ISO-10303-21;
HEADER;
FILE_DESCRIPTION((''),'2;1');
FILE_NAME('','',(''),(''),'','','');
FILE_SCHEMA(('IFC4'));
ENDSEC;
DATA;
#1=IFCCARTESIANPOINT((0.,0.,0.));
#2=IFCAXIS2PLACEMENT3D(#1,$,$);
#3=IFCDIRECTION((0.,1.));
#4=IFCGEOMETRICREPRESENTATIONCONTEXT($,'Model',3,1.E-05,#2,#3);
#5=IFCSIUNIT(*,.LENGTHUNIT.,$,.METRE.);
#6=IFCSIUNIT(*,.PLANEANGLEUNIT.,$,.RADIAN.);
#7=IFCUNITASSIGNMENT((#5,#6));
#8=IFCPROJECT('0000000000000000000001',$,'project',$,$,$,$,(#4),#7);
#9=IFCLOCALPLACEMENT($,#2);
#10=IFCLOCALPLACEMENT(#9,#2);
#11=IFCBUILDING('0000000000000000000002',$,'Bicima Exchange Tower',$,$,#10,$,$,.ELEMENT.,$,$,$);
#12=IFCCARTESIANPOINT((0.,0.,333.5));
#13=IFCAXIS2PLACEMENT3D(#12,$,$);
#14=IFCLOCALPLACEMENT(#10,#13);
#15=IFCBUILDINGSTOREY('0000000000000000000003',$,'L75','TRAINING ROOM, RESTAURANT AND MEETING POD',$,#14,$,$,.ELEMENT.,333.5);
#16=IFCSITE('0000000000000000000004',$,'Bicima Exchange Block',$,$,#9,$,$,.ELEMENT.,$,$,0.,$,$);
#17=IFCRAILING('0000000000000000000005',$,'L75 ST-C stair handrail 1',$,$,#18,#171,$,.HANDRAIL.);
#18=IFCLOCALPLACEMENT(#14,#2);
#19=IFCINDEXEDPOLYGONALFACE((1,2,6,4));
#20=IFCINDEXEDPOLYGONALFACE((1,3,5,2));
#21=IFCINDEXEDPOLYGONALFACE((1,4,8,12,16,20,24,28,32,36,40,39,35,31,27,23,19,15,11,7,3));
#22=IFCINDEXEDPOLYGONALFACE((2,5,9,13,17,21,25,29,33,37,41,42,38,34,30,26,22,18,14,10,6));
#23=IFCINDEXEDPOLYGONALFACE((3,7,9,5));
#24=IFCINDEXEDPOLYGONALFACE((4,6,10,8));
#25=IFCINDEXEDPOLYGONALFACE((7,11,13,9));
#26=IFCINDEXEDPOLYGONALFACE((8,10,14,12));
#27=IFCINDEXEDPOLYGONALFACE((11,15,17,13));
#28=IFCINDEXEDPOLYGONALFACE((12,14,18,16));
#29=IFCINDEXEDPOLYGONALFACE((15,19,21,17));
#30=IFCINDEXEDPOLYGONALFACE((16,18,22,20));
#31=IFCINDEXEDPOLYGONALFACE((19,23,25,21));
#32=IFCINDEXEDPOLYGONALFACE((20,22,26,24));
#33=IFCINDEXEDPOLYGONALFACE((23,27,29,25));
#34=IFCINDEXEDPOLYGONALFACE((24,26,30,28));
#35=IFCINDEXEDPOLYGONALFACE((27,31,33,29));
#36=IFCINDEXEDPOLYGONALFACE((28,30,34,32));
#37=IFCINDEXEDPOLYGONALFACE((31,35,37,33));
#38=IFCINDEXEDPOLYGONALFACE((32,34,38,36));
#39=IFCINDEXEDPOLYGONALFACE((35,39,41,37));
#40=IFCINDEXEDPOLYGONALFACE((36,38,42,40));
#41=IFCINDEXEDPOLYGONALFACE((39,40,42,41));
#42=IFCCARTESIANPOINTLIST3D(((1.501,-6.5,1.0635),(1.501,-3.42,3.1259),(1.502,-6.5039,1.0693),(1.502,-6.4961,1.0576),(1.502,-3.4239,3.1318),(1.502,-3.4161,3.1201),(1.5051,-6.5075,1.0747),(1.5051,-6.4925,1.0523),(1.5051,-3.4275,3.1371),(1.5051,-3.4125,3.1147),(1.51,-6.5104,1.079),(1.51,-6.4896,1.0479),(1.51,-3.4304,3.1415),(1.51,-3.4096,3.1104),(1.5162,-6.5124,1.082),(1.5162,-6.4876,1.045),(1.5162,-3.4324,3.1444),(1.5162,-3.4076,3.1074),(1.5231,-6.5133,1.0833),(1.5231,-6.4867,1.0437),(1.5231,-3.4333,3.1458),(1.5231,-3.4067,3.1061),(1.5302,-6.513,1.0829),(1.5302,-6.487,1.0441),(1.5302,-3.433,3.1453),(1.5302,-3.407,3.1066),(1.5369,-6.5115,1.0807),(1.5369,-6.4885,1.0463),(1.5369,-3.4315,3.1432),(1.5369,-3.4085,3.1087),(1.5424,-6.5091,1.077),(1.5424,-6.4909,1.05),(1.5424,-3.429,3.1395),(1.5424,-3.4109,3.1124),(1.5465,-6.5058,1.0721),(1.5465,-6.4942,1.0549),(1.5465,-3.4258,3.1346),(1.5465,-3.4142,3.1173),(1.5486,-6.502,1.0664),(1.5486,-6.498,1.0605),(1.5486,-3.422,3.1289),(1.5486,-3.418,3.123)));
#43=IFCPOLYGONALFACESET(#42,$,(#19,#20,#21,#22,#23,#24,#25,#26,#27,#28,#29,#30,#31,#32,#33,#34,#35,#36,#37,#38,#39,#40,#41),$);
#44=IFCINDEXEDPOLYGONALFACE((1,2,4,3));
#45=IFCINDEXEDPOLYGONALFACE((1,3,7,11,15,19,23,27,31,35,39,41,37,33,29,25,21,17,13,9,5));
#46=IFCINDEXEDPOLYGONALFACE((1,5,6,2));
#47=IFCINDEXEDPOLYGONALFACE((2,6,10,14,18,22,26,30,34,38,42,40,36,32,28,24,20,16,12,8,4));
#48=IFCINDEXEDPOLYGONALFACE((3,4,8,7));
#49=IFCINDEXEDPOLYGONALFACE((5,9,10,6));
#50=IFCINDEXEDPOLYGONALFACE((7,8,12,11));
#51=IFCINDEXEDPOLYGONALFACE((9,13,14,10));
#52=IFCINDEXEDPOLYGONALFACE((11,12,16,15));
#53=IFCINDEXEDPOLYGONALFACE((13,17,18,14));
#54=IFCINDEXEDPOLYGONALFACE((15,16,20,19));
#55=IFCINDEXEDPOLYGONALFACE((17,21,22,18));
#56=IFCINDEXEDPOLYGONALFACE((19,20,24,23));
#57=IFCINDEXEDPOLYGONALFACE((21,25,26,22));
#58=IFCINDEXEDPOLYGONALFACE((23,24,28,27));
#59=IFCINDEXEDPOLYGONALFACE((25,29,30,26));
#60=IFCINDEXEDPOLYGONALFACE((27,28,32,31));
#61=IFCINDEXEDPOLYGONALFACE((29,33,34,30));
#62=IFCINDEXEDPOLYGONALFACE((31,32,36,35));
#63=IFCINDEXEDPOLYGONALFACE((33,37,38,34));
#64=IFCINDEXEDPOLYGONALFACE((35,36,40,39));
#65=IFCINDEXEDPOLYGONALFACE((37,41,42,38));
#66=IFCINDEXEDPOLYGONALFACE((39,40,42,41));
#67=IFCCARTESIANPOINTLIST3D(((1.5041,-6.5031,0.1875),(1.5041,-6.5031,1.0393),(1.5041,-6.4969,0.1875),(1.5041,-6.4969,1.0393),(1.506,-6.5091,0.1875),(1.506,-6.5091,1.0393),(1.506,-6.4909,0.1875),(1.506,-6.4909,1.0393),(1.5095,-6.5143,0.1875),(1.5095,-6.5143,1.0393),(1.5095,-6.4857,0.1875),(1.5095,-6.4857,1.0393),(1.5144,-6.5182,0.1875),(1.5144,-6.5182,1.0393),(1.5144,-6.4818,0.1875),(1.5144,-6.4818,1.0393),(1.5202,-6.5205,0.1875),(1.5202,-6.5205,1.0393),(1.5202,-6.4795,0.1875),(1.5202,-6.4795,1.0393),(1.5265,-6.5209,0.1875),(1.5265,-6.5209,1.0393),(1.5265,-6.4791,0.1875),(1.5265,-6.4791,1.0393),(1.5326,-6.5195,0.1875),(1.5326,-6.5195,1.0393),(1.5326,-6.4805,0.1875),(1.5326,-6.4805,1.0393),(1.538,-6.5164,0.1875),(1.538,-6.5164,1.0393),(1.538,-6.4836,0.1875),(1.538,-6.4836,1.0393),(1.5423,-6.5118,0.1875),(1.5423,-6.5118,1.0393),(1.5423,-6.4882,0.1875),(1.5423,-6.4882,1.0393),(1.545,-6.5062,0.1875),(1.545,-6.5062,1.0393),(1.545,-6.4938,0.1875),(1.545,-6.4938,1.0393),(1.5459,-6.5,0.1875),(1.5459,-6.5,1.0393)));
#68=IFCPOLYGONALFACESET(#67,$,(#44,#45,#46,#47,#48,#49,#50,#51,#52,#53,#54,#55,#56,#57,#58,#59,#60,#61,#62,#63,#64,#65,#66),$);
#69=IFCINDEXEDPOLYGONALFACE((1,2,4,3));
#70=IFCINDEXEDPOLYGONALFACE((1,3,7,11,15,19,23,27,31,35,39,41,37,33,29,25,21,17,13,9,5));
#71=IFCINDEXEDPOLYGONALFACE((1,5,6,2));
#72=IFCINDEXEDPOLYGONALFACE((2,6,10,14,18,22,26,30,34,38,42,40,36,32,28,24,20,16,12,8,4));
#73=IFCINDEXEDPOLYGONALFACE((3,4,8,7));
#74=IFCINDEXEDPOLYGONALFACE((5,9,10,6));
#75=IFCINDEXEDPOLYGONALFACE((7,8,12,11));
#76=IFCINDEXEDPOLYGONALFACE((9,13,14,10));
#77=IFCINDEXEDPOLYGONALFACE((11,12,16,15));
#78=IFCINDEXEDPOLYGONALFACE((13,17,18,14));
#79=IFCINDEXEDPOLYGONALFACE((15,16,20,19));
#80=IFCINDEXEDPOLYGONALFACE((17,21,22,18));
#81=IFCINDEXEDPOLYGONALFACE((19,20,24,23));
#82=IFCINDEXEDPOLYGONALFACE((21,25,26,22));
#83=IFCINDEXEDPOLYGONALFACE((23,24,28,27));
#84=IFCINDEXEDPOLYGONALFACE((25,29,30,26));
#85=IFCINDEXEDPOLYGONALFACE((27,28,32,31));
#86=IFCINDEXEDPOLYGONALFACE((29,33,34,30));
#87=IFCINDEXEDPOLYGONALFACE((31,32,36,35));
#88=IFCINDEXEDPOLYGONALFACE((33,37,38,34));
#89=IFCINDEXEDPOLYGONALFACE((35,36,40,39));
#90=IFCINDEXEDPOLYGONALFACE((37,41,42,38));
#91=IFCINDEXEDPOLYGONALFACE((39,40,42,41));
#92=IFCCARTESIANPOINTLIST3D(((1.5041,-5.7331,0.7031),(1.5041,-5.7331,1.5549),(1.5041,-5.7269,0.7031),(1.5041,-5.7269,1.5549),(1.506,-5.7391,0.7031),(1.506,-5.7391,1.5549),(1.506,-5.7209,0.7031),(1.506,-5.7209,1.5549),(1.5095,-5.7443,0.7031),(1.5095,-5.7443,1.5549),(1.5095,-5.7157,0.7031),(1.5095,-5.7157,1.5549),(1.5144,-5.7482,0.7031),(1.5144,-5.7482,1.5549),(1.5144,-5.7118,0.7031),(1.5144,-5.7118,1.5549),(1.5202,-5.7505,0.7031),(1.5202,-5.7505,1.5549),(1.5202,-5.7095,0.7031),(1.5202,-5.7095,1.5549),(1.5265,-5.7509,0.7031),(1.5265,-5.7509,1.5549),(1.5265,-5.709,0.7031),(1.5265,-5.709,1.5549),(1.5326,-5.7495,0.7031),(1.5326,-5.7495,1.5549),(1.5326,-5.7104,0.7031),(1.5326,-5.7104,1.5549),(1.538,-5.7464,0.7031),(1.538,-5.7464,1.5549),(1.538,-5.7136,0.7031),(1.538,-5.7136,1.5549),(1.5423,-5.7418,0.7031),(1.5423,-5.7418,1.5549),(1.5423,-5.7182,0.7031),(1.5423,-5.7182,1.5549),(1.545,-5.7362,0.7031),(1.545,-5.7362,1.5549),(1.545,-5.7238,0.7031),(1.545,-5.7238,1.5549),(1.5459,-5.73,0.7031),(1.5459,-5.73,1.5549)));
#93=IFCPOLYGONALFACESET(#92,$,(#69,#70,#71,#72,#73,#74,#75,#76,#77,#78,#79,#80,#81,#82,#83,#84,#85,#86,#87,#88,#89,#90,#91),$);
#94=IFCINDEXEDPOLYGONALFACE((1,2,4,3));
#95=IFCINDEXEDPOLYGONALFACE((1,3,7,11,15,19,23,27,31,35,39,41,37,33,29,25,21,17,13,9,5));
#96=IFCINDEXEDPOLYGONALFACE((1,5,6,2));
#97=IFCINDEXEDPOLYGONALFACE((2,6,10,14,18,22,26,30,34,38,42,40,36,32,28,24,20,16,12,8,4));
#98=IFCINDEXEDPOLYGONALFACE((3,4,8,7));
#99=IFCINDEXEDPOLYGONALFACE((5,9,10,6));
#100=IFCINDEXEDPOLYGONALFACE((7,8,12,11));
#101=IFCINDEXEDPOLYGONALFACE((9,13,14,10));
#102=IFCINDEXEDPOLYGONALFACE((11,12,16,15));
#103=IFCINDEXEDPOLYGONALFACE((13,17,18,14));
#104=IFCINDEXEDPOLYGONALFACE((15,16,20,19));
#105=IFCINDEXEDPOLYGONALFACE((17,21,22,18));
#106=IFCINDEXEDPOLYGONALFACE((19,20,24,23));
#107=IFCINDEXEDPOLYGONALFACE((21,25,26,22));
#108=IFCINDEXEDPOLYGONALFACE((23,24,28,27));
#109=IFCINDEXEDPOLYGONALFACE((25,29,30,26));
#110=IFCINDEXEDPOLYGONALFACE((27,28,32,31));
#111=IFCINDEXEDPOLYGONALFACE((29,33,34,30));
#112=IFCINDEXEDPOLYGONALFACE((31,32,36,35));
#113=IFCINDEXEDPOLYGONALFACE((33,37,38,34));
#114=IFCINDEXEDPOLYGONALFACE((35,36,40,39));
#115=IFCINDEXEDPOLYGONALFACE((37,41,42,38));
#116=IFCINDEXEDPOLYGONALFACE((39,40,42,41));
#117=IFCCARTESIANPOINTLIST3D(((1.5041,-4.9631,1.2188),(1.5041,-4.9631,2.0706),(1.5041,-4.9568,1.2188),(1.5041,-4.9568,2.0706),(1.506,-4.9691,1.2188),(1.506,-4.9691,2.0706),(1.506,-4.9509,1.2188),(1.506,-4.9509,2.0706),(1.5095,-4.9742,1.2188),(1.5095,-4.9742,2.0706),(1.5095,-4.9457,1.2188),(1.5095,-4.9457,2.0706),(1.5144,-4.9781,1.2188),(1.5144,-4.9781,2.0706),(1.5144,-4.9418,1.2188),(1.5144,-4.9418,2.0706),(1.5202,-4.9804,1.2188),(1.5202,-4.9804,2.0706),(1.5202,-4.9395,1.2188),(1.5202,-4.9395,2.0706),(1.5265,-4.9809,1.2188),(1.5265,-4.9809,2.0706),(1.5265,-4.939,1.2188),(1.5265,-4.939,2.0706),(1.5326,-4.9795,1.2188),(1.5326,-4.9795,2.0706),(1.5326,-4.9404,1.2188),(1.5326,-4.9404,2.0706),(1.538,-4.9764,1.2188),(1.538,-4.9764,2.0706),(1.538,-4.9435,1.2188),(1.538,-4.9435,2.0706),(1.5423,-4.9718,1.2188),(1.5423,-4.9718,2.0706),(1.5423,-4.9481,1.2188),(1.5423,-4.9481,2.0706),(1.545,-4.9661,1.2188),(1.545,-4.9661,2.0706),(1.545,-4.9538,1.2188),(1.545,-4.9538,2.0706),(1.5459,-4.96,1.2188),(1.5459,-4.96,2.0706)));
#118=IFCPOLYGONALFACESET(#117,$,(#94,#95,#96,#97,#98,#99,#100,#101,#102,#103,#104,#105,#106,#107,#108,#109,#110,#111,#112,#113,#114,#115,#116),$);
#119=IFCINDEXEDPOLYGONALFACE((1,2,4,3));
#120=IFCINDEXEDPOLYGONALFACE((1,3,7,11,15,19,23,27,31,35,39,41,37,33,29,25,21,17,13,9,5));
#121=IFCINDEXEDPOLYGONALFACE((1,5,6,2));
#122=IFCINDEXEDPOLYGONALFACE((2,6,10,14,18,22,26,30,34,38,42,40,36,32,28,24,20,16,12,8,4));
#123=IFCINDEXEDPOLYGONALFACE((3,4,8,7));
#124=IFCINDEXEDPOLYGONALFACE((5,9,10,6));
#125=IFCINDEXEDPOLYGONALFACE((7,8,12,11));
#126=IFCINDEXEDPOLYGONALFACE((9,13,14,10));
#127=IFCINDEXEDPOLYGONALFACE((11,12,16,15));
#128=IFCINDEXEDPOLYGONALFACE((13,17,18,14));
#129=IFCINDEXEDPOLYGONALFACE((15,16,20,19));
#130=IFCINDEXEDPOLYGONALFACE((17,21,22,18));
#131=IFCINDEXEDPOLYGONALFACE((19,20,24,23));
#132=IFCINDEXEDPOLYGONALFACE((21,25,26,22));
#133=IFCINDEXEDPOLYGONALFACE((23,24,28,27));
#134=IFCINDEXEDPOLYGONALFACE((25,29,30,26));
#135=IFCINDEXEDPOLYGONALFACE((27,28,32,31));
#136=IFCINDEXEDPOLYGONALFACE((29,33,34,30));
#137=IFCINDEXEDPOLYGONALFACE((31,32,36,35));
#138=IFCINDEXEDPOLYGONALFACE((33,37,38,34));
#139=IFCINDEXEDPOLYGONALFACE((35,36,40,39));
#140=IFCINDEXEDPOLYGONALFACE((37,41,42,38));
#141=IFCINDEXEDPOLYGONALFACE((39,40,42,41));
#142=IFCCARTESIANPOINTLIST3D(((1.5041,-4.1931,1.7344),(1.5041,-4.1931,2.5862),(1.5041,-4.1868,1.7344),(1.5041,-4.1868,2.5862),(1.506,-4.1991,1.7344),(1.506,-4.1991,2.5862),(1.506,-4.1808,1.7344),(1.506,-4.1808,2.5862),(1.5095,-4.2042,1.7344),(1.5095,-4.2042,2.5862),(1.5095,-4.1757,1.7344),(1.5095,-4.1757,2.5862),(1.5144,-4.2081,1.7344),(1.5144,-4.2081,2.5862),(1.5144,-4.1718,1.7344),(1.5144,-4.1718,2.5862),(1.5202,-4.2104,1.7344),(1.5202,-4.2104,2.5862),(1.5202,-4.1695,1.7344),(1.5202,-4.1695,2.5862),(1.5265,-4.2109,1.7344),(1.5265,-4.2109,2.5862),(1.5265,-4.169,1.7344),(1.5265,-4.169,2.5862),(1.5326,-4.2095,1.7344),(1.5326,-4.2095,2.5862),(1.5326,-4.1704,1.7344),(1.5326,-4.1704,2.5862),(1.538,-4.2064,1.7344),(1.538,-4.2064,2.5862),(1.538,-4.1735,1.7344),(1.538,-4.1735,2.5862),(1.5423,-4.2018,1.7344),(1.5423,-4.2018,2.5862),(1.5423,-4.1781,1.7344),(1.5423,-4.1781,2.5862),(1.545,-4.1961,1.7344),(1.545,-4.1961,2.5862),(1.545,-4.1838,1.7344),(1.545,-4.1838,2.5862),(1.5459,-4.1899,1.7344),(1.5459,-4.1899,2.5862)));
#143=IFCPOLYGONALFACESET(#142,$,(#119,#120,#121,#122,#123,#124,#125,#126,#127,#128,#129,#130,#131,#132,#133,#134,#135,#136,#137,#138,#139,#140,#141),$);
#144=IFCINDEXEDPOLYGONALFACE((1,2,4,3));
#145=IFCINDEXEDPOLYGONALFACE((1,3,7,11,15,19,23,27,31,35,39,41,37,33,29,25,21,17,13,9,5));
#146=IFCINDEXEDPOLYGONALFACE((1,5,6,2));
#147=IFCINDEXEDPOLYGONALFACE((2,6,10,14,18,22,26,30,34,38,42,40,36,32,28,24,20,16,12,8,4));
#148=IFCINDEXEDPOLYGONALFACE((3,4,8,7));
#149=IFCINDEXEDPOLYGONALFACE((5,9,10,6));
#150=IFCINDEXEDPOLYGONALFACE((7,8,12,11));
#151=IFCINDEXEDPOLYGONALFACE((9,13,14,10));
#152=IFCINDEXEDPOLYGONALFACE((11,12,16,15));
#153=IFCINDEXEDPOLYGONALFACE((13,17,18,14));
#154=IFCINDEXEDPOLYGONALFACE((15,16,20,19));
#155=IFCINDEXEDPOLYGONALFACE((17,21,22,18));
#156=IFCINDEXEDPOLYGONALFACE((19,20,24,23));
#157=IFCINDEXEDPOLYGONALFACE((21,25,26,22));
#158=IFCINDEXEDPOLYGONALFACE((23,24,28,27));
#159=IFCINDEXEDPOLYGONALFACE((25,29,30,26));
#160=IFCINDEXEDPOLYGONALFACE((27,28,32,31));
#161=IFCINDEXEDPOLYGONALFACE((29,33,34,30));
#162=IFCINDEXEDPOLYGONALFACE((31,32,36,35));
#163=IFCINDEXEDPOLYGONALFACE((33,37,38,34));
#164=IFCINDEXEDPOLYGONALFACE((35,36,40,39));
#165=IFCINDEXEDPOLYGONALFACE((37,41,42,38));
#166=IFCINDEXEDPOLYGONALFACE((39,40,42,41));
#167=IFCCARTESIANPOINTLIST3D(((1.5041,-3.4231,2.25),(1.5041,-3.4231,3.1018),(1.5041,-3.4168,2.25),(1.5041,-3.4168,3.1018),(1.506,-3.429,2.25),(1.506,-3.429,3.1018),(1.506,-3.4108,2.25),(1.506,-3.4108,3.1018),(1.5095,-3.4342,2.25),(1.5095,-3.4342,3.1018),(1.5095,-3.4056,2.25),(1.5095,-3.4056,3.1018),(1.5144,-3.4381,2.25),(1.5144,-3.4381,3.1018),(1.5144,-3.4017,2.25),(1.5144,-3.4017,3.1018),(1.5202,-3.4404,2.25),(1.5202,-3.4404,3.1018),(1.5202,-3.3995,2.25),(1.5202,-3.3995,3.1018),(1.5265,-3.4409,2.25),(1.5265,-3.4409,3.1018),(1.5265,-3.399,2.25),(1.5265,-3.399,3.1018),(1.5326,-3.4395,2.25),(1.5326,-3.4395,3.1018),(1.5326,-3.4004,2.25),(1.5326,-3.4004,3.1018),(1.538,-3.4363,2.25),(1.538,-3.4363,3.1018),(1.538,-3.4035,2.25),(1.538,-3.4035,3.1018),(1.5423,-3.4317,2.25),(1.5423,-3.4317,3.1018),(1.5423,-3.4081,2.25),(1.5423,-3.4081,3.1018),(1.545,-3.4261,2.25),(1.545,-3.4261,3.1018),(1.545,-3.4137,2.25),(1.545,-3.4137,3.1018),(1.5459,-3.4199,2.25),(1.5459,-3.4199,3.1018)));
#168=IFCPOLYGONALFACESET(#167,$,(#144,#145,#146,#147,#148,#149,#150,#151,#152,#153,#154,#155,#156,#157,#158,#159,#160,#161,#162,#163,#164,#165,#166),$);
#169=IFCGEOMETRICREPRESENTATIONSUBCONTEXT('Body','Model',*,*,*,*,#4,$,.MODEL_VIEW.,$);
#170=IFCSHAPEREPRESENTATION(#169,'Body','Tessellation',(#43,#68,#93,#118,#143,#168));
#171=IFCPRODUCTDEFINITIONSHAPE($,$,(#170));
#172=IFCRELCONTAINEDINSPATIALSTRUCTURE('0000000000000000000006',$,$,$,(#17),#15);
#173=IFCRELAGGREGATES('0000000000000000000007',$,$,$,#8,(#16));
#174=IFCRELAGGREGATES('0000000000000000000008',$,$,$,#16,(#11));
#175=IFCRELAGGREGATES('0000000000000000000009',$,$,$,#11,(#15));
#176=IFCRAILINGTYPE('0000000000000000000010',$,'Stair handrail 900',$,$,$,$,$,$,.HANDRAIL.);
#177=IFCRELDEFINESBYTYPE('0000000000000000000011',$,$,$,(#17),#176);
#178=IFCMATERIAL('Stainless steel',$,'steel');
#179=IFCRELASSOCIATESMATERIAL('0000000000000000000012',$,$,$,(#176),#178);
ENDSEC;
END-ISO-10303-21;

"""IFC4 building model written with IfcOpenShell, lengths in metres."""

from ifc_helpers import new_model, si_unit, direction, frame, origin, origin_2d, place, context, subcontext, project, spatial, circle, extrude, material, type_object, element, save


model = new_model("IFC4")

# Units and contexts
model_context = context("Model", 3, precision=1e-05, world=origin(), true_north=direction((0.0, 1.0)))
body_context = subcontext(model_context, "Body", "Model", "MODEL_VIEW")
ifc_project = project(units=[si_unit("LENGTHUNIT", "METRE"), si_unit("PLANEANGLEUNIT", "RADIAN")], contexts=[model_context])

# Site, building, storey
site_placement = place(None, origin())
site = spatial("IfcSite", under=ifc_project, at=site_placement, Name="Bicima Exchange Block", CompositionType="ELEMENT", RefElevation=0.0)
building_placement = place(site_placement, origin())
building = spatial("IfcBuilding", under=site, at=building_placement, Name="Bicima Exchange Tower", CompositionType="ELEMENT")
storey_placement = place(building_placement, frame((0.0, 0.0, 333.5)))
storey = spatial("IfcBuildingStorey", under=building, at=storey_placement, Name="L75", Description="TRAINING ROOM, RESTAURANT AND MEETING POD", CompositionType="ELEMENT", Elevation=333.5)

# Shared definitions
ifc_material_1 = material(Name="Stainless steel", Category="steel")

# Railing
railing_type_1 = type_object("IfcRailingType", Name="Stair handrail 900", PredefinedType="HANDRAIL", material=ifc_material_1)
railing_1_placement = place(storey_placement, frame((1.5249, -6.5, 0.1875)))
element("IfcRailing", 1, at=railing_1_placement, inside=storey, type_object=railing_type_1, Name="L75 ST-C stair handrail 1", PredefinedType="HANDRAIL", context=body_context, shape_type="SweptSolid", body=[
    extrude(circle(Radius=0.0239, at=origin_2d()), frame((0.0, 0.0, 0.876), z_axis=(0.0, 0.830914, 0.556401), x_axis=(-1.0, 0.0, 0.0)), (0.0, 0.0, 1.0), 3.7068),
    extrude(circle(Radius=0.021, at=origin_2d()), origin(), (0.0, 0.0, 1.0), 0.8518),
    extrude(circle(Radius=0.021, at=origin_2d()), frame((0.0, 0.77, 0.5156)), (0.0, 0.0, 1.0), 0.8518),
    extrude(circle(Radius=0.021, at=origin_2d()), frame((0.0, 1.54, 1.0312)), (0.0, 0.0, 1.0), 0.8518),
    extrude(circle(Radius=0.021, at=origin_2d()), frame((0.0, 2.3101, 1.5469)), (0.0, 0.0, 1.0), 0.8518),
    extrude(circle(Radius=0.021, at=origin_2d()), frame((0.0, 3.0801, 2.0625)), (0.0, 0.0, 1.0), 0.8518),
])

save(model, "model.ifc")
